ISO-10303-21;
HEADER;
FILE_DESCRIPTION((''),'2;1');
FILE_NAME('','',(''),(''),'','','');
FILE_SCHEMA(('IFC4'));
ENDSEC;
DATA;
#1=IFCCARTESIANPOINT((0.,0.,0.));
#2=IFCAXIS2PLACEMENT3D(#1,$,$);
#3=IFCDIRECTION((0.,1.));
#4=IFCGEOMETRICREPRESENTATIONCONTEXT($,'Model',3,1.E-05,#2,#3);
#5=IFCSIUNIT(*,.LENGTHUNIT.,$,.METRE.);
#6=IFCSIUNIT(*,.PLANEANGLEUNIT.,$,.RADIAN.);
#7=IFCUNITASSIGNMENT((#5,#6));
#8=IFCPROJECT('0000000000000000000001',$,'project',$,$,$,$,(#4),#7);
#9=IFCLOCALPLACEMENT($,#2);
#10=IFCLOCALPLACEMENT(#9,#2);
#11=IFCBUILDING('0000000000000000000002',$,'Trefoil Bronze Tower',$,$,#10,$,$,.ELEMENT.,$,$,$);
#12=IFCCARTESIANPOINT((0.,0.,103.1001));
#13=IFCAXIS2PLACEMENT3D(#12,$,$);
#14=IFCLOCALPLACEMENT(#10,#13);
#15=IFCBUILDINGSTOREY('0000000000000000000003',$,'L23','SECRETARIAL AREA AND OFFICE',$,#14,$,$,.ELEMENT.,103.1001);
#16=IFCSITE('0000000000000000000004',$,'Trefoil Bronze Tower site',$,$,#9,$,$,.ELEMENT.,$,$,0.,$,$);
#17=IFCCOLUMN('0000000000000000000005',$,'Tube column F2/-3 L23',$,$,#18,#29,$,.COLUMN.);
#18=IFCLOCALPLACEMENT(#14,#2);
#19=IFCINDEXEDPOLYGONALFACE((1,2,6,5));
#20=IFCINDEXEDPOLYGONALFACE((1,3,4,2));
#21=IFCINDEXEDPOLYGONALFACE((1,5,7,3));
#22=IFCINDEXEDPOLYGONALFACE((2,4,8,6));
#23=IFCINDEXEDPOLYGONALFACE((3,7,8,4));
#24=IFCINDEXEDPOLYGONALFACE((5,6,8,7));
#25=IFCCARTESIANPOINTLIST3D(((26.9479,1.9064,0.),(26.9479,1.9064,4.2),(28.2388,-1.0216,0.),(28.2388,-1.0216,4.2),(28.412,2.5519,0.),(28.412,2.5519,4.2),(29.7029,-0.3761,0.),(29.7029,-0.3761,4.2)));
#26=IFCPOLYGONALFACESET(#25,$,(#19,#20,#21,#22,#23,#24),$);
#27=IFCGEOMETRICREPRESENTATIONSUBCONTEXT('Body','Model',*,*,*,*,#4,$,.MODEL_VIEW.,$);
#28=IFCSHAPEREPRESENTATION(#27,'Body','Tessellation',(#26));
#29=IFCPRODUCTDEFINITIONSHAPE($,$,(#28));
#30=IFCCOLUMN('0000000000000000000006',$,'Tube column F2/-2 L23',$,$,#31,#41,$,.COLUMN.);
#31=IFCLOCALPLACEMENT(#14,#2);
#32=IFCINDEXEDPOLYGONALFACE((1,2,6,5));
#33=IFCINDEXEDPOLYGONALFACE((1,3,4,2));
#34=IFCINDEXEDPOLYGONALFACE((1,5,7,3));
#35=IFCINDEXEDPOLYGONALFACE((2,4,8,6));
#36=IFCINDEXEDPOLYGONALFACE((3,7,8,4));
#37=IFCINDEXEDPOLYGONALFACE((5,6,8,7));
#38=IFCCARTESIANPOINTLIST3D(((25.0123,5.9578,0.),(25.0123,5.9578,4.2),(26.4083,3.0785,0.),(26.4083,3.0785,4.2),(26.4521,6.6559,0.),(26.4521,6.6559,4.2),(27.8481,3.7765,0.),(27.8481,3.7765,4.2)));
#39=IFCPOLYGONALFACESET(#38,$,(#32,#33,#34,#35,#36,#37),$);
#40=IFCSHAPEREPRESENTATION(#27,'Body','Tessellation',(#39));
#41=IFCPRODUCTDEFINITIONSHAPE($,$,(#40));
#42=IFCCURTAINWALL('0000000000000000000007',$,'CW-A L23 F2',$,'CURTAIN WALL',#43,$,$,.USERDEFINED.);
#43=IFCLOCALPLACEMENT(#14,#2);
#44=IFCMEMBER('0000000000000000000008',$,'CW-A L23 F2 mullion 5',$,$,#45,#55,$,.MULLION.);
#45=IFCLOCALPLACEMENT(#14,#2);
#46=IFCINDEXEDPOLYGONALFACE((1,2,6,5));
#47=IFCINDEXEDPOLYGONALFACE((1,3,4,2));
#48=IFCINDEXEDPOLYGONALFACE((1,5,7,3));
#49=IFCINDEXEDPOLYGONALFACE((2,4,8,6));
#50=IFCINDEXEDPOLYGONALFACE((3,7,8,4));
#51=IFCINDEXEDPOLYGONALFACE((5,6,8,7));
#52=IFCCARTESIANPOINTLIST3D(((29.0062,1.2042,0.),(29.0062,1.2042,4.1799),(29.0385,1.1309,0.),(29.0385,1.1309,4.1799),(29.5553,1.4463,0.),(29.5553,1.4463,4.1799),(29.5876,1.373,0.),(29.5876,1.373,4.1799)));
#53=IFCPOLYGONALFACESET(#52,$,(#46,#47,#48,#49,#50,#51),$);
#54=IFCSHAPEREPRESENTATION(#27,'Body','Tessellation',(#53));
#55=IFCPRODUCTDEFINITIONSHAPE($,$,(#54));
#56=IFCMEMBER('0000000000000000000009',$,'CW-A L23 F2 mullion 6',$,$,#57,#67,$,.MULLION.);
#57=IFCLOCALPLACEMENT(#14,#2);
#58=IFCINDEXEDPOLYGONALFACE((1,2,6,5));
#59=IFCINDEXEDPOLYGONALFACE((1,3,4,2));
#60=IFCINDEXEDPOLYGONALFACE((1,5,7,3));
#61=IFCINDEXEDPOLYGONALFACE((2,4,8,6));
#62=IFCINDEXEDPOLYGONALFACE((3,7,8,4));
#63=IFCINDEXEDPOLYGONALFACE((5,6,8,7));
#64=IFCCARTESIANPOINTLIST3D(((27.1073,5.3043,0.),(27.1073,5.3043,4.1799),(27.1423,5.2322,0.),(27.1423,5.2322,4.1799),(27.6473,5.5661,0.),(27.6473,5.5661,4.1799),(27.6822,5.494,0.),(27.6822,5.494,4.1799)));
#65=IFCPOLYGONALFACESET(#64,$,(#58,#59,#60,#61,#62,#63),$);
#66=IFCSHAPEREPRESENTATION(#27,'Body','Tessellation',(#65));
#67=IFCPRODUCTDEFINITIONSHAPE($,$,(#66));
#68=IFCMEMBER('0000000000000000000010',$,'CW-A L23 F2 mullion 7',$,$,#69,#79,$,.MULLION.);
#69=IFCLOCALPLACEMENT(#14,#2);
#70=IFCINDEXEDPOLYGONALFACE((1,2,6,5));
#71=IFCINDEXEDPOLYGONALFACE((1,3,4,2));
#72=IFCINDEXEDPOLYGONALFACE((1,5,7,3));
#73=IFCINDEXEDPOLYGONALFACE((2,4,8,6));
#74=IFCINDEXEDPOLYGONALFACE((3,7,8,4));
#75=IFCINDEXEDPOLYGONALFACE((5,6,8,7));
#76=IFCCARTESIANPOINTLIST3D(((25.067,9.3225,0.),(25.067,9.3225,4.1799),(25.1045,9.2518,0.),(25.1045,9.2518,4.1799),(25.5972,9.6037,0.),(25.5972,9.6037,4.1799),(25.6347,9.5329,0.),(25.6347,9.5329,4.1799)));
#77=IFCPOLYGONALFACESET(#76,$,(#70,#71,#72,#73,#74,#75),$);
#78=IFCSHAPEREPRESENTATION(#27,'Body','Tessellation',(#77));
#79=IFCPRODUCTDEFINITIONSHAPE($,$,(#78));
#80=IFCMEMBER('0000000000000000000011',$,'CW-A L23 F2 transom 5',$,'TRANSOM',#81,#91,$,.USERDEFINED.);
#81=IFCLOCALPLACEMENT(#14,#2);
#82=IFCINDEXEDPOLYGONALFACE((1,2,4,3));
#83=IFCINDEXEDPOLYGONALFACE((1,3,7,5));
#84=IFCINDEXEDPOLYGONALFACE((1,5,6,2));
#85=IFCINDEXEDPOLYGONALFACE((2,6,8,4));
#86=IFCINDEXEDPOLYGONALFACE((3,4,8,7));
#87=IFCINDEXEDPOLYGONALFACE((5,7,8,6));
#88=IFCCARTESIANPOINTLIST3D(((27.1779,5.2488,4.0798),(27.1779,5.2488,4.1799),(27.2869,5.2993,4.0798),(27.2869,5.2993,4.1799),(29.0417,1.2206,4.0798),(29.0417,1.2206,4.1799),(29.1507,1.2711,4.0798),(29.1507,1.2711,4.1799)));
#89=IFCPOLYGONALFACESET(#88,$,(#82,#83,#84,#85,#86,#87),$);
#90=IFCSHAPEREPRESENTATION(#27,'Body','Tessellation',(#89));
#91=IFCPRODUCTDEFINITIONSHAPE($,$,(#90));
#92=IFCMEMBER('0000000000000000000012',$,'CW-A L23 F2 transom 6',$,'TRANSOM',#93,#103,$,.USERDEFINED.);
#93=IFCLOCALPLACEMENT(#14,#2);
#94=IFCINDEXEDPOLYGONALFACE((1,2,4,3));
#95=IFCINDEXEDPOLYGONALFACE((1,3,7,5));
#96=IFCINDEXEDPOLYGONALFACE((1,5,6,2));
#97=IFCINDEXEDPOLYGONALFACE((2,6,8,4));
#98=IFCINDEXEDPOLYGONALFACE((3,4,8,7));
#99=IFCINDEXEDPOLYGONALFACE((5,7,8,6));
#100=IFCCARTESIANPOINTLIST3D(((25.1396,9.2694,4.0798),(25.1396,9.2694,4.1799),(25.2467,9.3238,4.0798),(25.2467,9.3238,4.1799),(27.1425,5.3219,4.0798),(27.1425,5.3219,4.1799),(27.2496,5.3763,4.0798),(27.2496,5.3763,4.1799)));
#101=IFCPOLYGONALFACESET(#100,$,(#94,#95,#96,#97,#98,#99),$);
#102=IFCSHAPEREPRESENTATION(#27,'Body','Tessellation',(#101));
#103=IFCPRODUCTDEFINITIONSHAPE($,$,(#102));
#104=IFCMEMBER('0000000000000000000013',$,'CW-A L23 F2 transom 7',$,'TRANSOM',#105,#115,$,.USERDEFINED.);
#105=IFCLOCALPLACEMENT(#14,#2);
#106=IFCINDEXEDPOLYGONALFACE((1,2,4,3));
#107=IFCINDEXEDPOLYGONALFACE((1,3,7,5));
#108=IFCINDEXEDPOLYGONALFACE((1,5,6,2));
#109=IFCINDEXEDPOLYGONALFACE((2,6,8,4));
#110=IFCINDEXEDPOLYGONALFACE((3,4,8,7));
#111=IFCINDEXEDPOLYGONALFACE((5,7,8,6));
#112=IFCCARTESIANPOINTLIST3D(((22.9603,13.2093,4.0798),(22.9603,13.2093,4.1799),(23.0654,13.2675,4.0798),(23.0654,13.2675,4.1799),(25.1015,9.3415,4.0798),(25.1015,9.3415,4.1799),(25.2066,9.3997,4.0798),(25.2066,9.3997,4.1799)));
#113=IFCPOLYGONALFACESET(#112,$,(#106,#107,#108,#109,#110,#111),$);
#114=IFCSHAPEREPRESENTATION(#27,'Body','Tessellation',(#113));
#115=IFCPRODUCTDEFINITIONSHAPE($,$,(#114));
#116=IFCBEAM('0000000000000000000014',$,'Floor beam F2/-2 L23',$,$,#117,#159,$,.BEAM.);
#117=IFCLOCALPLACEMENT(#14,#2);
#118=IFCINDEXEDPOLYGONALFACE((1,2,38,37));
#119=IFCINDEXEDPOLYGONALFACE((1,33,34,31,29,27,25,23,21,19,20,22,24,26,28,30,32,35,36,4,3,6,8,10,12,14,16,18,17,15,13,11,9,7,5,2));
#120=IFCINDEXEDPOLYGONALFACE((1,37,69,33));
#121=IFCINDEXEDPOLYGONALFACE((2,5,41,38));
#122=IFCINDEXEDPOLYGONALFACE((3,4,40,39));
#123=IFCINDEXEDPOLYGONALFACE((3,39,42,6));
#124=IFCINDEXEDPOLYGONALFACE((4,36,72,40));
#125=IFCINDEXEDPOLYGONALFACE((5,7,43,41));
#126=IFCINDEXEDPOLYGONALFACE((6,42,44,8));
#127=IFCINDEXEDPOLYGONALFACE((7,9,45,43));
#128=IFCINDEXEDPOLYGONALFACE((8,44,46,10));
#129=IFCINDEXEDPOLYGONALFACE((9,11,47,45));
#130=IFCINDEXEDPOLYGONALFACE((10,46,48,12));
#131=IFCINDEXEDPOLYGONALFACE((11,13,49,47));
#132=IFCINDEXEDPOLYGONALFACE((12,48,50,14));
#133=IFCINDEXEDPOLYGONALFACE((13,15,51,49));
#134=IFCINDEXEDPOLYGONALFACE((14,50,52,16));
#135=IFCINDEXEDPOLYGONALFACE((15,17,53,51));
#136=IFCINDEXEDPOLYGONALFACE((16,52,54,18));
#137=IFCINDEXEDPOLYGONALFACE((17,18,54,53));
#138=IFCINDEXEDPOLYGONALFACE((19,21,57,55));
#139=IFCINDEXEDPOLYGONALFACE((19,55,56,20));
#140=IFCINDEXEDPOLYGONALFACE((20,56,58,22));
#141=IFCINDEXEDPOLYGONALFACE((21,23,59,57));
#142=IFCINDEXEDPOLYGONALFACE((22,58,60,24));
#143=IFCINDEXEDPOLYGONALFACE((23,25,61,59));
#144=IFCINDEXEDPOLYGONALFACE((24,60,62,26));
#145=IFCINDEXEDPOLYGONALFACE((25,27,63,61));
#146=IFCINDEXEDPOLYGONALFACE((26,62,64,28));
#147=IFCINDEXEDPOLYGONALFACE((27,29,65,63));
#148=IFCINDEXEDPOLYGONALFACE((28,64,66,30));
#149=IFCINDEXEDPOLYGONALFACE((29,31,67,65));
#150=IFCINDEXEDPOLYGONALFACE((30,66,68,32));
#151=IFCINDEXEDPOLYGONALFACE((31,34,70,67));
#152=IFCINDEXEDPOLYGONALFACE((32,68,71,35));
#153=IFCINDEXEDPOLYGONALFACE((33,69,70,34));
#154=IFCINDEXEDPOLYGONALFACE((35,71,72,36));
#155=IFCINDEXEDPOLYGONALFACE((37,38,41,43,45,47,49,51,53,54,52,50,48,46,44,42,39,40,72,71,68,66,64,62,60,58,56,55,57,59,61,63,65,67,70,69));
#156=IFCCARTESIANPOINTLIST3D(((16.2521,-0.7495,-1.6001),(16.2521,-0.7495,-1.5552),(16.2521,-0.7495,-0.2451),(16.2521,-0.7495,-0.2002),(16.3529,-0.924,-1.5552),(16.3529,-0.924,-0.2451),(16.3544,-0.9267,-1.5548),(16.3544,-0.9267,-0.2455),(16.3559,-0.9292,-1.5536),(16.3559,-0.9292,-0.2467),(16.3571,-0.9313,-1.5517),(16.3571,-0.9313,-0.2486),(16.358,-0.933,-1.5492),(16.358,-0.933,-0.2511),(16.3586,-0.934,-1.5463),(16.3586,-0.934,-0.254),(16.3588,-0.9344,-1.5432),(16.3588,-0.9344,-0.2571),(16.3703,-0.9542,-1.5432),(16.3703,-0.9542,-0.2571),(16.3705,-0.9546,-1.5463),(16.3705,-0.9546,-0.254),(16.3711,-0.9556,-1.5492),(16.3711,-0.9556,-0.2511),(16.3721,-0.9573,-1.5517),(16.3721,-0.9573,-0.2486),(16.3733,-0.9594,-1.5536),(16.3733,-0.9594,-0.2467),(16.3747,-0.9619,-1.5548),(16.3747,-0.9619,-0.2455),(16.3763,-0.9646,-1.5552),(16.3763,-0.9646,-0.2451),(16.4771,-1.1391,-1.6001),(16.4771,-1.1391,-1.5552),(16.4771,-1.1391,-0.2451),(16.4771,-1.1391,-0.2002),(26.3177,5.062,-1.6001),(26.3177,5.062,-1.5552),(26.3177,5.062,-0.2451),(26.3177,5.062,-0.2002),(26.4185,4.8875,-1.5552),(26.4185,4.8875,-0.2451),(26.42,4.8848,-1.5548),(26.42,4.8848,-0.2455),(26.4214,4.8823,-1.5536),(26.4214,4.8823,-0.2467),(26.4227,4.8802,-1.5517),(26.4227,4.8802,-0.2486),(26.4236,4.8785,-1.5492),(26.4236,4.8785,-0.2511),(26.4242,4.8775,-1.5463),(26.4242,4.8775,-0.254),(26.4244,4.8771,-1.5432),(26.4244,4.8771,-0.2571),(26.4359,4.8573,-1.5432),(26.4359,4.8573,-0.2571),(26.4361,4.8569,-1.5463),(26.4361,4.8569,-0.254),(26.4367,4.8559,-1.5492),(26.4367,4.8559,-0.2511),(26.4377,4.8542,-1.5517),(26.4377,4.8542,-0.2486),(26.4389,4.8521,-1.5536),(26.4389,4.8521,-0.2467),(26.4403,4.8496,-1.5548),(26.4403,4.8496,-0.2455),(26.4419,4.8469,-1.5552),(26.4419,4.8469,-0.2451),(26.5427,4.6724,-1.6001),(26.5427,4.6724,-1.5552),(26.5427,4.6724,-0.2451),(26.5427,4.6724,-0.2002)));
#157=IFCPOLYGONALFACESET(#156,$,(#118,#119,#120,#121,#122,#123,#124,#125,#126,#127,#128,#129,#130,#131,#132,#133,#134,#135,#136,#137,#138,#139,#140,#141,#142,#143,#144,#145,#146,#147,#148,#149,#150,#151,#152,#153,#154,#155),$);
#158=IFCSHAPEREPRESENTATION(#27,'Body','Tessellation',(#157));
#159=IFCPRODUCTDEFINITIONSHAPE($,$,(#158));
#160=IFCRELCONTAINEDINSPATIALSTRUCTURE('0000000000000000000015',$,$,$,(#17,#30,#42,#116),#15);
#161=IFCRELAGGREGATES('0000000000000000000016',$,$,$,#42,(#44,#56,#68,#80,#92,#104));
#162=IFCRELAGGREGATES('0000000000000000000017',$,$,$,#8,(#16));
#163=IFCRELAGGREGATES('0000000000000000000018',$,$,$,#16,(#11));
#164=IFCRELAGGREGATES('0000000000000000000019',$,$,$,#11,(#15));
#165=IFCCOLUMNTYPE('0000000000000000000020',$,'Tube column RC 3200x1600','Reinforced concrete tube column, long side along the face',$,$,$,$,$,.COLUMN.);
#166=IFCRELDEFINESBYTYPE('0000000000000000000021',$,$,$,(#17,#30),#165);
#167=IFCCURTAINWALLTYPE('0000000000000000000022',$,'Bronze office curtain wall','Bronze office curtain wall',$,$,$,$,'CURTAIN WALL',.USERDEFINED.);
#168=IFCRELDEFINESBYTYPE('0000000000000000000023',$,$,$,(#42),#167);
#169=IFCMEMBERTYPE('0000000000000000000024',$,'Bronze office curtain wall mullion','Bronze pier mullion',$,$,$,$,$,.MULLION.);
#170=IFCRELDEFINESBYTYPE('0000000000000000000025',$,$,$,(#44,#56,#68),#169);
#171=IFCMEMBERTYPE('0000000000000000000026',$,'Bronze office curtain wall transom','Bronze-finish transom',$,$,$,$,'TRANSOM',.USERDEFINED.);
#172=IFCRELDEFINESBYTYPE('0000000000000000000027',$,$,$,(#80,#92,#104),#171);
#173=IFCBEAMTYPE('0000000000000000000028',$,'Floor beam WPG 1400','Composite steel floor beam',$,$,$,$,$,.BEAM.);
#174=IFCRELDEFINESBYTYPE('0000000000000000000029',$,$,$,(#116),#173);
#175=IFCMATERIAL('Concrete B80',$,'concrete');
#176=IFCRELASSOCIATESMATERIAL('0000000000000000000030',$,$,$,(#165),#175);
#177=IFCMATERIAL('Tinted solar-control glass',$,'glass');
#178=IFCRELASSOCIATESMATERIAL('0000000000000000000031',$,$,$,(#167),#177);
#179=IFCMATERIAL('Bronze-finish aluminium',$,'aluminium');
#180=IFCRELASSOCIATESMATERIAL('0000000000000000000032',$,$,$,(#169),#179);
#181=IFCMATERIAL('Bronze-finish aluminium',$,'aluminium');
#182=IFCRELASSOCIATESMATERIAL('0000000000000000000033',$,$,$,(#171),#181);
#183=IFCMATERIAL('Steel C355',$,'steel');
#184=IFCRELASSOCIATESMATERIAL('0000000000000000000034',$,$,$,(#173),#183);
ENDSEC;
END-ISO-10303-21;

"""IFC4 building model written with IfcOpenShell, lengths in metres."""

from ifc_helpers import new_model, si_unit, direction, frame, origin, origin_2d, place, context, subcontext, project, spatial, rectangle, i_section, extrude, material, material_profile, profile_set, type_object, element, aggregate, save


model = new_model("IFC4")

# Units and contexts
model_context = context("Model", 3, precision=1e-05, world=origin(), true_north=direction((0.0, 1.0)))
body_context = subcontext(model_context, "Body", "Model", "MODEL_VIEW")
ifc_project = project(units=[si_unit("LENGTHUNIT", "METRE"), si_unit("PLANEANGLEUNIT", "RADIAN")], contexts=[model_context])

# Site, building, storey
site_placement = place(None, origin())
site = spatial("IfcSite", under=ifc_project, at=site_placement, Name="Trefoil Bronze Tower site", CompositionType="ELEMENT", RefElevation=0.0)
building_placement = place(site_placement, origin())
building = spatial("IfcBuilding", under=site, at=building_placement, Name="Trefoil Bronze Tower", CompositionType="ELEMENT")
storey_placement = place(building_placement, frame((0.0, 0.0, 103.1001)))
storey = spatial("IfcBuildingStorey", under=building, at=storey_placement, Name="L23", Description="SECRETARIAL AREA AND OFFICE", CompositionType="ELEMENT", Elevation=103.1001)

# Columns
ifc_material_1 = material(Name="Concrete B80", Category="concrete")
ifc_material_profile_1 = material_profile(ifc_material_1, rectangle(XDim=3.2, YDim=1.6001, at=origin_2d()), Name="RC 3200x1600")
ifc_profile_set_1 = profile_set([ifc_material_profile_1], Name="Concrete B80")
column_type = type_object("IfcColumnType", Name="Tube column RC 3200x1600", Description="Reinforced concrete tube column, long side along the face", PredefinedType="COLUMN", material=ifc_profile_set_1)
for number, where, z_axis, x_axis, name in (
    (1, (28.3254, 0.7651, 0.0), (0.0, 0.0, 1.0), (-0.403412, 0.915018, 0.0), "Tube column F2/-3 L23"),
    (2, (26.4302, 4.8672, 0.0), (0.0, 0.0, 1.0), (-0.436262, 0.89982, 0.0), "Tube column F2/-2 L23"),
):
    element("IfcColumn", number, at=place(storey_placement, frame(where, z_axis=z_axis, x_axis=x_axis)), inside=storey, type_object=column_type, Name=name, PredefinedType="COLUMN", context=body_context, shape_type="SweptSolid", body=[
        extrude(rectangle(XDim=3.2, YDim=1.6001, at=origin_2d()), origin(), (0.0, 0.0, 1.0), 4.2),
    ])

# Curtain wall, members
ifc_material_2 = material(Name="Tinted solar-control glass", Category="glass")
curtain_wall_type = type_object("IfcCurtainWallType", Name="Bronze office curtain wall", Description="Bronze office curtain wall", ElementType="CURTAIN WALL", PredefinedType="USERDEFINED", material=ifc_material_2)
curtain_wall_placement = place(storey_placement, origin())
curtain_wall = element("IfcCurtainWall", 3, at=curtain_wall_placement, inside=storey, type_object=curtain_wall_type, Name="CW-A L23 F2", ObjectType="CURTAIN WALL", PredefinedType="USERDEFINED")
ifc_material_3 = material(Name="Bronze-finish aluminium", Category="aluminium")
ifc_material_profile_2 = material_profile(ifc_material_3, rectangle(XDim=0.6001, YDim=0.0801, at=origin_2d()), Name="CW-A mullion")
ifc_profile_set_2 = profile_set([ifc_material_profile_2], Name="Bronze-finish aluminium")
member_type_1 = type_object("IfcMemberType", Name="Bronze office curtain wall mullion", Description="Bronze pier mullion", PredefinedType="MULLION", material=ifc_profile_set_2)
member_1_placement = place(storey_placement, frame((29.2969, 1.2886, 0.0), z_axis=(0.0, 0.0, 1.0), x_axis=(-0.915018, -0.403412, 0.0)))
member_1 = element("IfcMember", 4, at=member_1_placement, type_object=member_type_1, Name="CW-A L23 F2 mullion 5", PredefinedType="MULLION", context=body_context, shape_type="SweptSolid", body=[
    extrude(rectangle(XDim=0.6001, YDim=0.0801, at=origin_2d()), origin(), (0.0, 0.0, 1.0), 4.1799),
])
member_2_placement = place(storey_placement, frame((27.3948, 5.3992, 0.0), z_axis=(0.0, 0.0, 1.0), x_axis=(-0.89982, -0.436262, 0.0)))
member_2 = element("IfcMember", 5, at=member_2_placement, type_object=member_type_1, Name="CW-A L23 F2 mullion 6", PredefinedType="MULLION", context=body_context, shape_type="SweptSolid", body=[
    extrude(rectangle(XDim=0.6001, YDim=0.0801, at=origin_2d()), origin(), (0.0, 0.0, 1.0), 4.1799),
])
member_3_placement = place(storey_placement, frame((25.3508, 9.4277, 0.0), z_axis=(0.0, 0.0, 1.0), x_axis=(-0.883486, -0.468457, 0.0)))
member_3 = element("IfcMember", 6, at=member_3_placement, type_object=member_type_1, Name="CW-A L23 F2 mullion 7", PredefinedType="MULLION", context=body_context, shape_type="SweptSolid", body=[
    extrude(rectangle(XDim=0.6001, YDim=0.0801, at=origin_2d()), origin(), (0.0, 0.0, 1.0), 4.1799),
])
ifc_material_4 = material(Name="Bronze-finish aluminium", Category="aluminium")
ifc_material_profile_3 = material_profile(ifc_material_4, rectangle(XDim=0.1201, YDim=0.1001, at=origin_2d()), Name="CW-A transom")
ifc_profile_set_3 = profile_set([ifc_material_profile_3], Name="Bronze-finish aluminium")
member_type_2 = type_object("IfcMemberType", Name="Bronze office curtain wall transom", Description="Bronze-finish transom", ElementType="TRANSOM", PredefinedType="USERDEFINED", material=ifc_profile_set_3)
member_4_placement = place(storey_placement, frame((29.0962, 1.2458, 4.1299), z_axis=(-0.419923, 0.90756, 0.0), x_axis=(-0.90756, -0.419923, 0.0)))
member_4 = element("IfcMember", 7, at=member_4_placement, type_object=member_type_2, Name="CW-A L23 F2 transom 5", ObjectType="TRANSOM", PredefinedType="USERDEFINED", context=body_context, shape_type="SweptSolid", body=[
    extrude(rectangle(XDim=0.1201, YDim=0.1001, at=origin_2d()), origin(), (0.0, 0.0, 1.0), 4.4385),
])
member_5_placement = place(storey_placement, frame((27.196, 5.3491, 4.1299), z_axis=(-0.452478, 0.891775, 0.0), x_axis=(-0.891775, -0.452478, 0.0)))
member_5 = element("IfcMember", 8, at=member_5_placement, type_object=member_type_2, Name="CW-A L23 F2 transom 6", ObjectType="TRANSOM", PredefinedType="USERDEFINED", context=body_context, shape_type="SweptSolid", body=[
    extrude(rectangle(XDim=0.1201, YDim=0.1001, at=origin_2d()), origin(), (0.0, 0.0, 1.0), 4.4265),
])
member_6_placement = place(storey_placement, frame((25.1541, 9.3706, 4.1299), z_axis=(-0.484329, 0.874886, 0.0), x_axis=(-0.874886, -0.484329, 0.0)))
member_6 = element("IfcMember", 9, at=member_6_placement, type_object=member_type_2, Name="CW-A L23 F2 transom 7", ObjectType="TRANSOM", PredefinedType="USERDEFINED", context=body_context, shape_type="SweptSolid", body=[
    extrude(rectangle(XDim=0.1201, YDim=0.1001, at=origin_2d()), origin(), (0.0, 0.0, 1.0), 4.4209),
])

# Beam
ifc_material_5 = material(Name="Steel C355", Category="steel")
ifc_material_profile_4 = material_profile(ifc_material_5, i_section(OverallWidth=0.45, OverallDepth=1.3999, WebThickness=0.0229, FlangeThickness=0.0449, FilletRadius=0.012, at=origin_2d()), Name="WPG 1400")
ifc_profile_set_4 = profile_set([ifc_material_profile_4], Name="Steel C355")
beam_type_1 = type_object("IfcBeamType", Name="Floor beam WPG 1400", Description="Composite steel floor beam", PredefinedType="BEAM", material=ifc_profile_set_4)
beam_1_placement = place(storey_placement, frame((26.4302, 4.8672, -0.9001), z_axis=(-0.866022, -0.500007, 0.0), x_axis=(0.500007, -0.866022, 0.0)))
element("IfcBeam", 10, at=beam_1_placement, inside=storey, type_object=beam_type_1, Name="Floor beam F2/-2 L23", PredefinedType="BEAM", context=body_context, shape_type="SweptSolid", body=[
    extrude(i_section(OverallWidth=0.45, OverallDepth=1.3999, WebThickness=0.0229, FlangeThickness=0.0449, FilletRadius=0.012, at=origin_2d()), origin(), (0.0, 0.0, 1.0), 11.6228),
])

aggregate(curtain_wall, [member_1, member_2, member_3, member_4, member_5, member_6])

save(model, "model.ifc")
